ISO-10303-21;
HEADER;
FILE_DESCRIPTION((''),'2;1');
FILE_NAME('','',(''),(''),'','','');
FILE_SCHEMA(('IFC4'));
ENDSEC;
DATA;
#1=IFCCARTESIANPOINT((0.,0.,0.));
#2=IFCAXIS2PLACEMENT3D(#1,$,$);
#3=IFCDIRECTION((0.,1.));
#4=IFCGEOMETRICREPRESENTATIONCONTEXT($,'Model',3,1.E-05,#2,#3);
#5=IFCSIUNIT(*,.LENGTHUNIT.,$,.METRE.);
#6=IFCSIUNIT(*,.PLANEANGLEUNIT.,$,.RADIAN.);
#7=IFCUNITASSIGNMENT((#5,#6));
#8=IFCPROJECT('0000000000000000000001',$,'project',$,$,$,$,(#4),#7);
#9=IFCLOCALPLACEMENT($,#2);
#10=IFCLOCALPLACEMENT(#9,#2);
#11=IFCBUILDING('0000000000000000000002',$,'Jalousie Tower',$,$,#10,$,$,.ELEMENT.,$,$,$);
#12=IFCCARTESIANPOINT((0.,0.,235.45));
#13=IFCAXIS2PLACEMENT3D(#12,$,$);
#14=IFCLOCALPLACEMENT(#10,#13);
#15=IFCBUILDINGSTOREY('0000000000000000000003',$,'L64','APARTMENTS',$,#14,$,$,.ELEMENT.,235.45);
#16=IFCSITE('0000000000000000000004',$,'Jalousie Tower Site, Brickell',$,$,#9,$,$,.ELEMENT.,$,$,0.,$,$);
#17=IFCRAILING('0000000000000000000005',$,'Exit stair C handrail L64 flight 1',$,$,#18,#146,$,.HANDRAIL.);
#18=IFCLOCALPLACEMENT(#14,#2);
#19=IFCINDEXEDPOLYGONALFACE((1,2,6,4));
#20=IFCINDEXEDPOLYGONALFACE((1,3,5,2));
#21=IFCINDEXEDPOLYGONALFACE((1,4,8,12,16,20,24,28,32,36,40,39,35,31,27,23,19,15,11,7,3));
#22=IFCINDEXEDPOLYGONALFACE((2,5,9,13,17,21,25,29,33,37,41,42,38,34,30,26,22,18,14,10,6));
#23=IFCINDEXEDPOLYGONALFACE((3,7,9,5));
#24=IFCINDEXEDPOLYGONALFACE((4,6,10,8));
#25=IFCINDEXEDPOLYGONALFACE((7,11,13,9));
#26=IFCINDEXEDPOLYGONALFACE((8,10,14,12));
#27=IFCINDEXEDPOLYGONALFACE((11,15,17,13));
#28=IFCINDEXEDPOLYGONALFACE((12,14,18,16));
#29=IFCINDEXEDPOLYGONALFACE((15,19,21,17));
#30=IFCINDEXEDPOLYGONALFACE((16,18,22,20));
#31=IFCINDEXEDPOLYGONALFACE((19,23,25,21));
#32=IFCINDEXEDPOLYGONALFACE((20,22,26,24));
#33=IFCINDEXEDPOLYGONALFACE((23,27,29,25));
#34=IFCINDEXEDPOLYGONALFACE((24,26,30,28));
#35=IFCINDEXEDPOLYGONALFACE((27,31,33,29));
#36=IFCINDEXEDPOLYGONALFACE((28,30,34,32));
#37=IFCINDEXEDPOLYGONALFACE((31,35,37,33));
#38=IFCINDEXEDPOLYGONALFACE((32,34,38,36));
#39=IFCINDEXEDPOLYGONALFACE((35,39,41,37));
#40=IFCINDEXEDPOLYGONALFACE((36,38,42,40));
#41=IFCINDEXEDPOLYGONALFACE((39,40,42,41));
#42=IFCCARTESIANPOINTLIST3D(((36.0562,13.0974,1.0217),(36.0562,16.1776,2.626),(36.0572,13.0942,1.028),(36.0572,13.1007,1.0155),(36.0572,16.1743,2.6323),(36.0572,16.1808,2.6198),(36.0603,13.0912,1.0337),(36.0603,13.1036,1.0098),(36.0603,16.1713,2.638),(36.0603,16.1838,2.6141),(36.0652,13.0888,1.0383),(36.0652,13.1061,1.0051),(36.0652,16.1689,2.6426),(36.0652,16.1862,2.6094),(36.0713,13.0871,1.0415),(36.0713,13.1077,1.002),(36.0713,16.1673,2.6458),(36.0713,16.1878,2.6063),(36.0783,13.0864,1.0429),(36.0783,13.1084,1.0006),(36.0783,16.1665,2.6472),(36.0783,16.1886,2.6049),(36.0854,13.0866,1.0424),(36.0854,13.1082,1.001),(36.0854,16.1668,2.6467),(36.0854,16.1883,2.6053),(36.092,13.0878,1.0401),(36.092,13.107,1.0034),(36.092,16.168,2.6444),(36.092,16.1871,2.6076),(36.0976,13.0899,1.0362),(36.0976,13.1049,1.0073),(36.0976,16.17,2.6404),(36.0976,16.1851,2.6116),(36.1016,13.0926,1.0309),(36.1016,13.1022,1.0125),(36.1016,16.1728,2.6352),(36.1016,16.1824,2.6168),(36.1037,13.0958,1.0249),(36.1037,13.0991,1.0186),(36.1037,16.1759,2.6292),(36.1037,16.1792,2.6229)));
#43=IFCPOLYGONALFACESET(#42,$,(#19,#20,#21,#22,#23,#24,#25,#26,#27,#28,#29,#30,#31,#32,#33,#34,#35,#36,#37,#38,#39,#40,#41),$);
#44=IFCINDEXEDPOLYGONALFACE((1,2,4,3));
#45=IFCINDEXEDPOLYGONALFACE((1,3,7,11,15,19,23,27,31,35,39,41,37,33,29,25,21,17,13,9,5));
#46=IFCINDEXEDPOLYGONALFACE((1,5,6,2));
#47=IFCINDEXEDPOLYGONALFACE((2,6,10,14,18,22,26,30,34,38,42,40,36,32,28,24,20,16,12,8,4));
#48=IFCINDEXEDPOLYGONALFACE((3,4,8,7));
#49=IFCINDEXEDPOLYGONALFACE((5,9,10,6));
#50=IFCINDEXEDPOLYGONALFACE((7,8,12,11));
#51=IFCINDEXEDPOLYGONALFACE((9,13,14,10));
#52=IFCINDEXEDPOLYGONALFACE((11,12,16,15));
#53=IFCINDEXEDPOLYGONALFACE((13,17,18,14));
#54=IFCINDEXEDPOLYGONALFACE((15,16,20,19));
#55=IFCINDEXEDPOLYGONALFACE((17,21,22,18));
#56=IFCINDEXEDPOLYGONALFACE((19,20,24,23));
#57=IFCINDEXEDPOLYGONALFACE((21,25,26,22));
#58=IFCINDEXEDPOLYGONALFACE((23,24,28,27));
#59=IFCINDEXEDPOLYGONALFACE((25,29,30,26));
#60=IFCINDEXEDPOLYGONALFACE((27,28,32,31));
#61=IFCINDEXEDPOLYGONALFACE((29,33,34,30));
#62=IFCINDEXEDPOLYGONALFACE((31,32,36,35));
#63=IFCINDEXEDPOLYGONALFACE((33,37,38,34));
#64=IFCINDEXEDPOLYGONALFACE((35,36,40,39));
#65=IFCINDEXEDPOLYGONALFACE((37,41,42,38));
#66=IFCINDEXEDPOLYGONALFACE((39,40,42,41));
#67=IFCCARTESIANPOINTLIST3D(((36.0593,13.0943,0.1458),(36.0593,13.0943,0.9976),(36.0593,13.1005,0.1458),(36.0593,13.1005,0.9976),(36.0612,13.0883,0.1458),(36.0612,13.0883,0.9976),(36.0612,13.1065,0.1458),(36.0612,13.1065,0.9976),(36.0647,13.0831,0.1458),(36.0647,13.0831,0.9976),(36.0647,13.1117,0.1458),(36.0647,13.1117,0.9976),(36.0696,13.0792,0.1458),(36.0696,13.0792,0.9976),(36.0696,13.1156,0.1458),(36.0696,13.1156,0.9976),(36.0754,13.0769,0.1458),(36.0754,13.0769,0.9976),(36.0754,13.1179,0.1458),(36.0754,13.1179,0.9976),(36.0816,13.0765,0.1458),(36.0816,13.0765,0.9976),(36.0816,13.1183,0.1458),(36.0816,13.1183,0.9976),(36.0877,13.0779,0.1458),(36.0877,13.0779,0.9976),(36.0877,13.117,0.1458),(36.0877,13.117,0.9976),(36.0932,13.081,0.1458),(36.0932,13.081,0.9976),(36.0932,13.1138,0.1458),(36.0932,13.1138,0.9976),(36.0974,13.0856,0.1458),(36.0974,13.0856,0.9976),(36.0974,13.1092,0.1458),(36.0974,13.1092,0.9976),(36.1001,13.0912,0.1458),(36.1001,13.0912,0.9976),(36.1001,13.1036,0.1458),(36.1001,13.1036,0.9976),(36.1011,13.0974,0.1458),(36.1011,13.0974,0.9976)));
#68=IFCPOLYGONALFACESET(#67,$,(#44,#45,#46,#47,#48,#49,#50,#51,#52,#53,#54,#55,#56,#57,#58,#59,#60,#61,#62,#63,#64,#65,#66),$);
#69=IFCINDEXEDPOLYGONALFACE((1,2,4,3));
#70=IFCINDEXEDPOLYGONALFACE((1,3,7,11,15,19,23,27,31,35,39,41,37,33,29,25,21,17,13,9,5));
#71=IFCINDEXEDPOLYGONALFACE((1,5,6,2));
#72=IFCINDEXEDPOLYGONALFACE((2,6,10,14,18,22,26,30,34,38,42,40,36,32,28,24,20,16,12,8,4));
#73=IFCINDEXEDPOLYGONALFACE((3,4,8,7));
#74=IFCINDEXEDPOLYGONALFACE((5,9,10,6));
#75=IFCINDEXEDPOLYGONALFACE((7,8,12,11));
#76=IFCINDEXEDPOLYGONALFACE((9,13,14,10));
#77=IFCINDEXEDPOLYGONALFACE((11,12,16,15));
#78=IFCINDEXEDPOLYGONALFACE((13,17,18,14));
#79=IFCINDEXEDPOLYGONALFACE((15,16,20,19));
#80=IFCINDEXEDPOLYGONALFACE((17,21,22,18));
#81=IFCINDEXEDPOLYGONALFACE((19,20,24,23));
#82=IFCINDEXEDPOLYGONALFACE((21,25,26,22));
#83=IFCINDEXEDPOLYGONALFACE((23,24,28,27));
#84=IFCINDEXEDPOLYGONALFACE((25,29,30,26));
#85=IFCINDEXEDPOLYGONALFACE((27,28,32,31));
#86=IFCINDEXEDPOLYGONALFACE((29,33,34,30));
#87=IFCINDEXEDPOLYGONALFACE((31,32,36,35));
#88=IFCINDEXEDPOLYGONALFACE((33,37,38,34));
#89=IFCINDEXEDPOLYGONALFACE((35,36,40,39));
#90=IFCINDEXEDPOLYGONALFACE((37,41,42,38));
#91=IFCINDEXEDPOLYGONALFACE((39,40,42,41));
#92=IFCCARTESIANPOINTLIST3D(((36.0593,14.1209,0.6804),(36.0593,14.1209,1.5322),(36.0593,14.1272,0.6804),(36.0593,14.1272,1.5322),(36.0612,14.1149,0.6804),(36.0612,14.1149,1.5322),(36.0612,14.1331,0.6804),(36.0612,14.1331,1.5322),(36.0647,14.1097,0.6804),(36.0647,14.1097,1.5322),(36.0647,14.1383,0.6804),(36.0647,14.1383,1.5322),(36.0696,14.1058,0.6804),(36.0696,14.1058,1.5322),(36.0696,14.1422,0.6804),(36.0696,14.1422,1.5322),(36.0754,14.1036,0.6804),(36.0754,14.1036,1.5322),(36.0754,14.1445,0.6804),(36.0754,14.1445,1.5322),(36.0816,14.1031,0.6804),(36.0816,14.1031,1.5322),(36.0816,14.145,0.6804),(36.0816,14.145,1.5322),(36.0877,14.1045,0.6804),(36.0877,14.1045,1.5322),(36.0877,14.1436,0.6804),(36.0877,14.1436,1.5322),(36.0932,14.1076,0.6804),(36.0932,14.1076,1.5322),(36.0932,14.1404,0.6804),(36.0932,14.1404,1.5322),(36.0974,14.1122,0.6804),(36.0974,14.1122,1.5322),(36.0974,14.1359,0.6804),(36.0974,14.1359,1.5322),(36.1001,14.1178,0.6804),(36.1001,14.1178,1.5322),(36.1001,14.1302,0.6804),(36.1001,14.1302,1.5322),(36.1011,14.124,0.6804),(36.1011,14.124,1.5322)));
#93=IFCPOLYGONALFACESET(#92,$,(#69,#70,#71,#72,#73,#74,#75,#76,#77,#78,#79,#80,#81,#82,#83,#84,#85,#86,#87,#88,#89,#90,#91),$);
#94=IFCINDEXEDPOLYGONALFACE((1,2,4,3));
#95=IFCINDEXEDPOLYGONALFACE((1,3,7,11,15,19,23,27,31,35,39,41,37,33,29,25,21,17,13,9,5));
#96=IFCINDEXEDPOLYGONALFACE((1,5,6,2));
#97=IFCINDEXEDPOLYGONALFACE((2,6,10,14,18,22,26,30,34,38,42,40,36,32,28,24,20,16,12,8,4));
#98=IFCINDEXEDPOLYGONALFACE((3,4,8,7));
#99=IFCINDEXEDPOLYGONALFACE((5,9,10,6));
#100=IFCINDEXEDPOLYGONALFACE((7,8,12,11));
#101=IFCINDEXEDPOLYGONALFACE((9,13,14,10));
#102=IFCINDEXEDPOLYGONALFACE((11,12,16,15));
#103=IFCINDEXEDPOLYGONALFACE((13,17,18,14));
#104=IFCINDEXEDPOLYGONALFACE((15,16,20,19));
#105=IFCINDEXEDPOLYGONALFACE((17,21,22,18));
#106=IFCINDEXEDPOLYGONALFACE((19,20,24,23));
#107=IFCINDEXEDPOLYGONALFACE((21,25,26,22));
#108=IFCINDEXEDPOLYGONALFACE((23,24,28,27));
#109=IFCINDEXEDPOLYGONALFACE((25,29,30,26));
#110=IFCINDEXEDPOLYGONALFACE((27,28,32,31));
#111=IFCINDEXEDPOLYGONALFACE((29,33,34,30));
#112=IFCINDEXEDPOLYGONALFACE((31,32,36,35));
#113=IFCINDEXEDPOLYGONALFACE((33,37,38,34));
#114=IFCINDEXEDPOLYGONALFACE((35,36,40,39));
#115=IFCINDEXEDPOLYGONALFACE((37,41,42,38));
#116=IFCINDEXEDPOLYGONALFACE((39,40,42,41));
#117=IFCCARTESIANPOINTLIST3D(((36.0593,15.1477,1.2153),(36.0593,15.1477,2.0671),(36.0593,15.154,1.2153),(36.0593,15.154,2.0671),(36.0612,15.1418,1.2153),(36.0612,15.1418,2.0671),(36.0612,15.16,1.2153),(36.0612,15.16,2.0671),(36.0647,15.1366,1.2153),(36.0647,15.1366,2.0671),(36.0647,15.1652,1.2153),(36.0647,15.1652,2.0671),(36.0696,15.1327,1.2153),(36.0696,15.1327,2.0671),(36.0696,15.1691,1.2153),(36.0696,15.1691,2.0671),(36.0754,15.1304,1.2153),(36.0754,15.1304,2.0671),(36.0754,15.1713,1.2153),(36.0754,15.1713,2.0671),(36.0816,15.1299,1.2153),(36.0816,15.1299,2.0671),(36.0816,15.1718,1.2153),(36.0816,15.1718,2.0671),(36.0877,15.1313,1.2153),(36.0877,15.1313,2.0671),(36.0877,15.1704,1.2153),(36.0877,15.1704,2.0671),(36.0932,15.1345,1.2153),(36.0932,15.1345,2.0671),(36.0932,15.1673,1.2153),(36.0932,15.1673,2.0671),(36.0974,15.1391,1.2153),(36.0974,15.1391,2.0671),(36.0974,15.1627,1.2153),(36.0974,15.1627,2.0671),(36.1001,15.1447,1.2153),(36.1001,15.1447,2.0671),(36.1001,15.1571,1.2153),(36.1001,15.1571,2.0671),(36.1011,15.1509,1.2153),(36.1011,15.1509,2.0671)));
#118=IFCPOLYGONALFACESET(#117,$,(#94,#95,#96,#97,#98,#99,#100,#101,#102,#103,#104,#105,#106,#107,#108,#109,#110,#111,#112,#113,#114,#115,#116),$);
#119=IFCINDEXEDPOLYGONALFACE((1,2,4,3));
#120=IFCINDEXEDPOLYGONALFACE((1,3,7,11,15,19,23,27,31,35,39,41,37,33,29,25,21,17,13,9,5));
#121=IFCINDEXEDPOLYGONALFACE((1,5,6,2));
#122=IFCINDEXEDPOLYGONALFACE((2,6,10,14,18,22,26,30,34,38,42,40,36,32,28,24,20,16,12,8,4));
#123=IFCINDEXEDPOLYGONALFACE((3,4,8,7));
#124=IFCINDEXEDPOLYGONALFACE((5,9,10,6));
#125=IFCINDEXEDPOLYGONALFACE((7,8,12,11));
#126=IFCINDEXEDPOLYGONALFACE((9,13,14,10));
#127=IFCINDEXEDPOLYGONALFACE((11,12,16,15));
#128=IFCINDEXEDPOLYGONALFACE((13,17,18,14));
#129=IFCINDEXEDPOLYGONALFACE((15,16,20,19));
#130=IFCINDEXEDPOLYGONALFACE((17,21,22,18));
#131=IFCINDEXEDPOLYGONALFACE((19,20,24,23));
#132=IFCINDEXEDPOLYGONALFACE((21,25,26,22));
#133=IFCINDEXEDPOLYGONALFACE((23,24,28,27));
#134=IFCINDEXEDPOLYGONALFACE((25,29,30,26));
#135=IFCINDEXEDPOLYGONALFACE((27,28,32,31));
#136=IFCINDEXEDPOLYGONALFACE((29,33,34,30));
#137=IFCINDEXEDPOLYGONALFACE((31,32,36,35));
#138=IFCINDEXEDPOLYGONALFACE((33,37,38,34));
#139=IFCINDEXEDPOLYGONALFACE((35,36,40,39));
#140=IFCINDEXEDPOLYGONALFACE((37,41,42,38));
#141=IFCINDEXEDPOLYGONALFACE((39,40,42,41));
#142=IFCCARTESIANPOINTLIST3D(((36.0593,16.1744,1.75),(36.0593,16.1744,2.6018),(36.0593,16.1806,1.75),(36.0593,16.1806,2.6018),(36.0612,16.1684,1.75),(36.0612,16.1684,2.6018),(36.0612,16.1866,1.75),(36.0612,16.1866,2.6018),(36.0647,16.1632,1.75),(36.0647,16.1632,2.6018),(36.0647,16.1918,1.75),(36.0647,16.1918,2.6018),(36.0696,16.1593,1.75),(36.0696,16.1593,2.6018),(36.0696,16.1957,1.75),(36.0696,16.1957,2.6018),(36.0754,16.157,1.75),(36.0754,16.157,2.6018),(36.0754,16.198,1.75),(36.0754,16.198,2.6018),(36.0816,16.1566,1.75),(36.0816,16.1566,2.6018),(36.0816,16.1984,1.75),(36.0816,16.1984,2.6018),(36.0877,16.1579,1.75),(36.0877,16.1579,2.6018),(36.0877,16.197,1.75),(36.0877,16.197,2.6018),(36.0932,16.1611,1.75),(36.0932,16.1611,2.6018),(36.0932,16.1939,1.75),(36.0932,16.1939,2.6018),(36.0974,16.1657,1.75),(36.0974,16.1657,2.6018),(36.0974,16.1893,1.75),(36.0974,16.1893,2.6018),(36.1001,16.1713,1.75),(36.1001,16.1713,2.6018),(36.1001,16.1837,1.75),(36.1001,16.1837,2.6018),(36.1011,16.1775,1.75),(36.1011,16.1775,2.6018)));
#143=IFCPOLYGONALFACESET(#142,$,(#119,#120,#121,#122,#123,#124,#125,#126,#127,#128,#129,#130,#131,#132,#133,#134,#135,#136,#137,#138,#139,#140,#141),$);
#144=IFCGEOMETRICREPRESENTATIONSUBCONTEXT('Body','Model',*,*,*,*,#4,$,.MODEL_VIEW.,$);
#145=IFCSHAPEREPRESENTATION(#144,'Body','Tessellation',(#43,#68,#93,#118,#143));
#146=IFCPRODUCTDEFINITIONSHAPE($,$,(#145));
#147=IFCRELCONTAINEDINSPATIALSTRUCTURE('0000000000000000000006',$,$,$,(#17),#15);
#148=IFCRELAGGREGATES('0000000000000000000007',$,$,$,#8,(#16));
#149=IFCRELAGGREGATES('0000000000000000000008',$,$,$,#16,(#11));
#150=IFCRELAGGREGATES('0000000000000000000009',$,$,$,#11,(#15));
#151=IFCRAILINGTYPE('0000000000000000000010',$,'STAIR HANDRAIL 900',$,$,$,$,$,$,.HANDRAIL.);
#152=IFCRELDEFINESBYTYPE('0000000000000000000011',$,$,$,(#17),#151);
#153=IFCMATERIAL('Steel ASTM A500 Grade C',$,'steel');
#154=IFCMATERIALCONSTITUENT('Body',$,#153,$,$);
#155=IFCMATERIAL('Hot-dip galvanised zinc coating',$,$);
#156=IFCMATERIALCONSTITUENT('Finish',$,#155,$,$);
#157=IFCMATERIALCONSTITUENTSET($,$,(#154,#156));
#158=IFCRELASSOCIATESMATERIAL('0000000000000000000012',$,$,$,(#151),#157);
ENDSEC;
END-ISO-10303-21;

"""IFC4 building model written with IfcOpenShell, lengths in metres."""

from ifc_helpers import new_model, si_unit, direction, frame, origin, origin_2d, place, context, subcontext, project, spatial, circle, extrude, material, constituent, constituent_set, type_object, element, save


model = new_model("IFC4")

# Units and contexts
model_context = context("Model", 3, precision=1e-05, world=origin(), true_north=direction((0.0, 1.0)))
body_context = subcontext(model_context, "Body", "Model", "MODEL_VIEW")
ifc_project = project(units=[si_unit("LENGTHUNIT", "METRE"), si_unit("PLANEANGLEUNIT", "RADIAN")], contexts=[model_context])

# Site, building, storey
site_placement = place(None, origin())
site = spatial("IfcSite", under=ifc_project, at=site_placement, Name="Jalousie Tower Site, Brickell", CompositionType="ELEMENT", RefElevation=0.0)
building_placement = place(site_placement, origin())
building = spatial("IfcBuilding", under=site, at=building_placement, Name="Jalousie Tower", CompositionType="ELEMENT")
storey_placement = place(building_placement, frame((0.0, 0.0, 235.45)))
storey = spatial("IfcBuildingStorey", under=building, at=storey_placement, Name="L64", Description="APARTMENTS", CompositionType="ELEMENT", Elevation=235.45)

# Railing
ifc_material_1 = material(Name="Steel ASTM A500 Grade C", Category="steel")
ifc_constituent_1 = constituent(ifc_material_1, Name="Body")
ifc_material_2 = material(Name="Hot-dip galvanised zinc coating")
ifc_constituent_2 = constituent(ifc_material_2, Name="Finish")
ifc_constituent_set_1 = constituent_set(constituents=[ifc_constituent_1, ifc_constituent_2])
railing_type_1 = type_object("IfcRailingType", Name="STAIR HANDRAIL 900", PredefinedType="HANDRAIL", material=ifc_constituent_set_1)
railing_1_placement = place(storey_placement, frame((36.0801, 13.0974, 0.1458)))
element("IfcRailing", 1, at=railing_1_placement, inside=storey, type_object=railing_type_1, Name="Exit stair C handrail L64 flight 1", PredefinedType="HANDRAIL", context=body_context, shape_type="SweptSolid", body=[
    extrude(circle(Radius=0.0239, at=origin_2d()), frame((0.0, 0.0, 0.876), z_axis=(0.0, 0.886909, 0.461944), x_axis=(-1.0, 0.0, 0.0)), (0.0, 0.0, 1.0), 3.4729),
    extrude(circle(Radius=0.021, at=origin_2d()), origin(), (0.0, 0.0, 1.0), 0.8518),
    extrude(circle(Radius=0.021, at=origin_2d()), frame((0.0, 1.0266, 0.5347)), (0.0, 0.0, 1.0), 0.8518),
    extrude(circle(Radius=0.021, at=origin_2d()), frame((0.0, 2.0535, 1.0696)), (0.0, 0.0, 1.0), 0.8518),
    extrude(circle(Radius=0.021, at=origin_2d()), frame((0.0, 3.0801, 1.6042)), (0.0, 0.0, 1.0), 0.8518),
])

save(model, "model.ifc")
